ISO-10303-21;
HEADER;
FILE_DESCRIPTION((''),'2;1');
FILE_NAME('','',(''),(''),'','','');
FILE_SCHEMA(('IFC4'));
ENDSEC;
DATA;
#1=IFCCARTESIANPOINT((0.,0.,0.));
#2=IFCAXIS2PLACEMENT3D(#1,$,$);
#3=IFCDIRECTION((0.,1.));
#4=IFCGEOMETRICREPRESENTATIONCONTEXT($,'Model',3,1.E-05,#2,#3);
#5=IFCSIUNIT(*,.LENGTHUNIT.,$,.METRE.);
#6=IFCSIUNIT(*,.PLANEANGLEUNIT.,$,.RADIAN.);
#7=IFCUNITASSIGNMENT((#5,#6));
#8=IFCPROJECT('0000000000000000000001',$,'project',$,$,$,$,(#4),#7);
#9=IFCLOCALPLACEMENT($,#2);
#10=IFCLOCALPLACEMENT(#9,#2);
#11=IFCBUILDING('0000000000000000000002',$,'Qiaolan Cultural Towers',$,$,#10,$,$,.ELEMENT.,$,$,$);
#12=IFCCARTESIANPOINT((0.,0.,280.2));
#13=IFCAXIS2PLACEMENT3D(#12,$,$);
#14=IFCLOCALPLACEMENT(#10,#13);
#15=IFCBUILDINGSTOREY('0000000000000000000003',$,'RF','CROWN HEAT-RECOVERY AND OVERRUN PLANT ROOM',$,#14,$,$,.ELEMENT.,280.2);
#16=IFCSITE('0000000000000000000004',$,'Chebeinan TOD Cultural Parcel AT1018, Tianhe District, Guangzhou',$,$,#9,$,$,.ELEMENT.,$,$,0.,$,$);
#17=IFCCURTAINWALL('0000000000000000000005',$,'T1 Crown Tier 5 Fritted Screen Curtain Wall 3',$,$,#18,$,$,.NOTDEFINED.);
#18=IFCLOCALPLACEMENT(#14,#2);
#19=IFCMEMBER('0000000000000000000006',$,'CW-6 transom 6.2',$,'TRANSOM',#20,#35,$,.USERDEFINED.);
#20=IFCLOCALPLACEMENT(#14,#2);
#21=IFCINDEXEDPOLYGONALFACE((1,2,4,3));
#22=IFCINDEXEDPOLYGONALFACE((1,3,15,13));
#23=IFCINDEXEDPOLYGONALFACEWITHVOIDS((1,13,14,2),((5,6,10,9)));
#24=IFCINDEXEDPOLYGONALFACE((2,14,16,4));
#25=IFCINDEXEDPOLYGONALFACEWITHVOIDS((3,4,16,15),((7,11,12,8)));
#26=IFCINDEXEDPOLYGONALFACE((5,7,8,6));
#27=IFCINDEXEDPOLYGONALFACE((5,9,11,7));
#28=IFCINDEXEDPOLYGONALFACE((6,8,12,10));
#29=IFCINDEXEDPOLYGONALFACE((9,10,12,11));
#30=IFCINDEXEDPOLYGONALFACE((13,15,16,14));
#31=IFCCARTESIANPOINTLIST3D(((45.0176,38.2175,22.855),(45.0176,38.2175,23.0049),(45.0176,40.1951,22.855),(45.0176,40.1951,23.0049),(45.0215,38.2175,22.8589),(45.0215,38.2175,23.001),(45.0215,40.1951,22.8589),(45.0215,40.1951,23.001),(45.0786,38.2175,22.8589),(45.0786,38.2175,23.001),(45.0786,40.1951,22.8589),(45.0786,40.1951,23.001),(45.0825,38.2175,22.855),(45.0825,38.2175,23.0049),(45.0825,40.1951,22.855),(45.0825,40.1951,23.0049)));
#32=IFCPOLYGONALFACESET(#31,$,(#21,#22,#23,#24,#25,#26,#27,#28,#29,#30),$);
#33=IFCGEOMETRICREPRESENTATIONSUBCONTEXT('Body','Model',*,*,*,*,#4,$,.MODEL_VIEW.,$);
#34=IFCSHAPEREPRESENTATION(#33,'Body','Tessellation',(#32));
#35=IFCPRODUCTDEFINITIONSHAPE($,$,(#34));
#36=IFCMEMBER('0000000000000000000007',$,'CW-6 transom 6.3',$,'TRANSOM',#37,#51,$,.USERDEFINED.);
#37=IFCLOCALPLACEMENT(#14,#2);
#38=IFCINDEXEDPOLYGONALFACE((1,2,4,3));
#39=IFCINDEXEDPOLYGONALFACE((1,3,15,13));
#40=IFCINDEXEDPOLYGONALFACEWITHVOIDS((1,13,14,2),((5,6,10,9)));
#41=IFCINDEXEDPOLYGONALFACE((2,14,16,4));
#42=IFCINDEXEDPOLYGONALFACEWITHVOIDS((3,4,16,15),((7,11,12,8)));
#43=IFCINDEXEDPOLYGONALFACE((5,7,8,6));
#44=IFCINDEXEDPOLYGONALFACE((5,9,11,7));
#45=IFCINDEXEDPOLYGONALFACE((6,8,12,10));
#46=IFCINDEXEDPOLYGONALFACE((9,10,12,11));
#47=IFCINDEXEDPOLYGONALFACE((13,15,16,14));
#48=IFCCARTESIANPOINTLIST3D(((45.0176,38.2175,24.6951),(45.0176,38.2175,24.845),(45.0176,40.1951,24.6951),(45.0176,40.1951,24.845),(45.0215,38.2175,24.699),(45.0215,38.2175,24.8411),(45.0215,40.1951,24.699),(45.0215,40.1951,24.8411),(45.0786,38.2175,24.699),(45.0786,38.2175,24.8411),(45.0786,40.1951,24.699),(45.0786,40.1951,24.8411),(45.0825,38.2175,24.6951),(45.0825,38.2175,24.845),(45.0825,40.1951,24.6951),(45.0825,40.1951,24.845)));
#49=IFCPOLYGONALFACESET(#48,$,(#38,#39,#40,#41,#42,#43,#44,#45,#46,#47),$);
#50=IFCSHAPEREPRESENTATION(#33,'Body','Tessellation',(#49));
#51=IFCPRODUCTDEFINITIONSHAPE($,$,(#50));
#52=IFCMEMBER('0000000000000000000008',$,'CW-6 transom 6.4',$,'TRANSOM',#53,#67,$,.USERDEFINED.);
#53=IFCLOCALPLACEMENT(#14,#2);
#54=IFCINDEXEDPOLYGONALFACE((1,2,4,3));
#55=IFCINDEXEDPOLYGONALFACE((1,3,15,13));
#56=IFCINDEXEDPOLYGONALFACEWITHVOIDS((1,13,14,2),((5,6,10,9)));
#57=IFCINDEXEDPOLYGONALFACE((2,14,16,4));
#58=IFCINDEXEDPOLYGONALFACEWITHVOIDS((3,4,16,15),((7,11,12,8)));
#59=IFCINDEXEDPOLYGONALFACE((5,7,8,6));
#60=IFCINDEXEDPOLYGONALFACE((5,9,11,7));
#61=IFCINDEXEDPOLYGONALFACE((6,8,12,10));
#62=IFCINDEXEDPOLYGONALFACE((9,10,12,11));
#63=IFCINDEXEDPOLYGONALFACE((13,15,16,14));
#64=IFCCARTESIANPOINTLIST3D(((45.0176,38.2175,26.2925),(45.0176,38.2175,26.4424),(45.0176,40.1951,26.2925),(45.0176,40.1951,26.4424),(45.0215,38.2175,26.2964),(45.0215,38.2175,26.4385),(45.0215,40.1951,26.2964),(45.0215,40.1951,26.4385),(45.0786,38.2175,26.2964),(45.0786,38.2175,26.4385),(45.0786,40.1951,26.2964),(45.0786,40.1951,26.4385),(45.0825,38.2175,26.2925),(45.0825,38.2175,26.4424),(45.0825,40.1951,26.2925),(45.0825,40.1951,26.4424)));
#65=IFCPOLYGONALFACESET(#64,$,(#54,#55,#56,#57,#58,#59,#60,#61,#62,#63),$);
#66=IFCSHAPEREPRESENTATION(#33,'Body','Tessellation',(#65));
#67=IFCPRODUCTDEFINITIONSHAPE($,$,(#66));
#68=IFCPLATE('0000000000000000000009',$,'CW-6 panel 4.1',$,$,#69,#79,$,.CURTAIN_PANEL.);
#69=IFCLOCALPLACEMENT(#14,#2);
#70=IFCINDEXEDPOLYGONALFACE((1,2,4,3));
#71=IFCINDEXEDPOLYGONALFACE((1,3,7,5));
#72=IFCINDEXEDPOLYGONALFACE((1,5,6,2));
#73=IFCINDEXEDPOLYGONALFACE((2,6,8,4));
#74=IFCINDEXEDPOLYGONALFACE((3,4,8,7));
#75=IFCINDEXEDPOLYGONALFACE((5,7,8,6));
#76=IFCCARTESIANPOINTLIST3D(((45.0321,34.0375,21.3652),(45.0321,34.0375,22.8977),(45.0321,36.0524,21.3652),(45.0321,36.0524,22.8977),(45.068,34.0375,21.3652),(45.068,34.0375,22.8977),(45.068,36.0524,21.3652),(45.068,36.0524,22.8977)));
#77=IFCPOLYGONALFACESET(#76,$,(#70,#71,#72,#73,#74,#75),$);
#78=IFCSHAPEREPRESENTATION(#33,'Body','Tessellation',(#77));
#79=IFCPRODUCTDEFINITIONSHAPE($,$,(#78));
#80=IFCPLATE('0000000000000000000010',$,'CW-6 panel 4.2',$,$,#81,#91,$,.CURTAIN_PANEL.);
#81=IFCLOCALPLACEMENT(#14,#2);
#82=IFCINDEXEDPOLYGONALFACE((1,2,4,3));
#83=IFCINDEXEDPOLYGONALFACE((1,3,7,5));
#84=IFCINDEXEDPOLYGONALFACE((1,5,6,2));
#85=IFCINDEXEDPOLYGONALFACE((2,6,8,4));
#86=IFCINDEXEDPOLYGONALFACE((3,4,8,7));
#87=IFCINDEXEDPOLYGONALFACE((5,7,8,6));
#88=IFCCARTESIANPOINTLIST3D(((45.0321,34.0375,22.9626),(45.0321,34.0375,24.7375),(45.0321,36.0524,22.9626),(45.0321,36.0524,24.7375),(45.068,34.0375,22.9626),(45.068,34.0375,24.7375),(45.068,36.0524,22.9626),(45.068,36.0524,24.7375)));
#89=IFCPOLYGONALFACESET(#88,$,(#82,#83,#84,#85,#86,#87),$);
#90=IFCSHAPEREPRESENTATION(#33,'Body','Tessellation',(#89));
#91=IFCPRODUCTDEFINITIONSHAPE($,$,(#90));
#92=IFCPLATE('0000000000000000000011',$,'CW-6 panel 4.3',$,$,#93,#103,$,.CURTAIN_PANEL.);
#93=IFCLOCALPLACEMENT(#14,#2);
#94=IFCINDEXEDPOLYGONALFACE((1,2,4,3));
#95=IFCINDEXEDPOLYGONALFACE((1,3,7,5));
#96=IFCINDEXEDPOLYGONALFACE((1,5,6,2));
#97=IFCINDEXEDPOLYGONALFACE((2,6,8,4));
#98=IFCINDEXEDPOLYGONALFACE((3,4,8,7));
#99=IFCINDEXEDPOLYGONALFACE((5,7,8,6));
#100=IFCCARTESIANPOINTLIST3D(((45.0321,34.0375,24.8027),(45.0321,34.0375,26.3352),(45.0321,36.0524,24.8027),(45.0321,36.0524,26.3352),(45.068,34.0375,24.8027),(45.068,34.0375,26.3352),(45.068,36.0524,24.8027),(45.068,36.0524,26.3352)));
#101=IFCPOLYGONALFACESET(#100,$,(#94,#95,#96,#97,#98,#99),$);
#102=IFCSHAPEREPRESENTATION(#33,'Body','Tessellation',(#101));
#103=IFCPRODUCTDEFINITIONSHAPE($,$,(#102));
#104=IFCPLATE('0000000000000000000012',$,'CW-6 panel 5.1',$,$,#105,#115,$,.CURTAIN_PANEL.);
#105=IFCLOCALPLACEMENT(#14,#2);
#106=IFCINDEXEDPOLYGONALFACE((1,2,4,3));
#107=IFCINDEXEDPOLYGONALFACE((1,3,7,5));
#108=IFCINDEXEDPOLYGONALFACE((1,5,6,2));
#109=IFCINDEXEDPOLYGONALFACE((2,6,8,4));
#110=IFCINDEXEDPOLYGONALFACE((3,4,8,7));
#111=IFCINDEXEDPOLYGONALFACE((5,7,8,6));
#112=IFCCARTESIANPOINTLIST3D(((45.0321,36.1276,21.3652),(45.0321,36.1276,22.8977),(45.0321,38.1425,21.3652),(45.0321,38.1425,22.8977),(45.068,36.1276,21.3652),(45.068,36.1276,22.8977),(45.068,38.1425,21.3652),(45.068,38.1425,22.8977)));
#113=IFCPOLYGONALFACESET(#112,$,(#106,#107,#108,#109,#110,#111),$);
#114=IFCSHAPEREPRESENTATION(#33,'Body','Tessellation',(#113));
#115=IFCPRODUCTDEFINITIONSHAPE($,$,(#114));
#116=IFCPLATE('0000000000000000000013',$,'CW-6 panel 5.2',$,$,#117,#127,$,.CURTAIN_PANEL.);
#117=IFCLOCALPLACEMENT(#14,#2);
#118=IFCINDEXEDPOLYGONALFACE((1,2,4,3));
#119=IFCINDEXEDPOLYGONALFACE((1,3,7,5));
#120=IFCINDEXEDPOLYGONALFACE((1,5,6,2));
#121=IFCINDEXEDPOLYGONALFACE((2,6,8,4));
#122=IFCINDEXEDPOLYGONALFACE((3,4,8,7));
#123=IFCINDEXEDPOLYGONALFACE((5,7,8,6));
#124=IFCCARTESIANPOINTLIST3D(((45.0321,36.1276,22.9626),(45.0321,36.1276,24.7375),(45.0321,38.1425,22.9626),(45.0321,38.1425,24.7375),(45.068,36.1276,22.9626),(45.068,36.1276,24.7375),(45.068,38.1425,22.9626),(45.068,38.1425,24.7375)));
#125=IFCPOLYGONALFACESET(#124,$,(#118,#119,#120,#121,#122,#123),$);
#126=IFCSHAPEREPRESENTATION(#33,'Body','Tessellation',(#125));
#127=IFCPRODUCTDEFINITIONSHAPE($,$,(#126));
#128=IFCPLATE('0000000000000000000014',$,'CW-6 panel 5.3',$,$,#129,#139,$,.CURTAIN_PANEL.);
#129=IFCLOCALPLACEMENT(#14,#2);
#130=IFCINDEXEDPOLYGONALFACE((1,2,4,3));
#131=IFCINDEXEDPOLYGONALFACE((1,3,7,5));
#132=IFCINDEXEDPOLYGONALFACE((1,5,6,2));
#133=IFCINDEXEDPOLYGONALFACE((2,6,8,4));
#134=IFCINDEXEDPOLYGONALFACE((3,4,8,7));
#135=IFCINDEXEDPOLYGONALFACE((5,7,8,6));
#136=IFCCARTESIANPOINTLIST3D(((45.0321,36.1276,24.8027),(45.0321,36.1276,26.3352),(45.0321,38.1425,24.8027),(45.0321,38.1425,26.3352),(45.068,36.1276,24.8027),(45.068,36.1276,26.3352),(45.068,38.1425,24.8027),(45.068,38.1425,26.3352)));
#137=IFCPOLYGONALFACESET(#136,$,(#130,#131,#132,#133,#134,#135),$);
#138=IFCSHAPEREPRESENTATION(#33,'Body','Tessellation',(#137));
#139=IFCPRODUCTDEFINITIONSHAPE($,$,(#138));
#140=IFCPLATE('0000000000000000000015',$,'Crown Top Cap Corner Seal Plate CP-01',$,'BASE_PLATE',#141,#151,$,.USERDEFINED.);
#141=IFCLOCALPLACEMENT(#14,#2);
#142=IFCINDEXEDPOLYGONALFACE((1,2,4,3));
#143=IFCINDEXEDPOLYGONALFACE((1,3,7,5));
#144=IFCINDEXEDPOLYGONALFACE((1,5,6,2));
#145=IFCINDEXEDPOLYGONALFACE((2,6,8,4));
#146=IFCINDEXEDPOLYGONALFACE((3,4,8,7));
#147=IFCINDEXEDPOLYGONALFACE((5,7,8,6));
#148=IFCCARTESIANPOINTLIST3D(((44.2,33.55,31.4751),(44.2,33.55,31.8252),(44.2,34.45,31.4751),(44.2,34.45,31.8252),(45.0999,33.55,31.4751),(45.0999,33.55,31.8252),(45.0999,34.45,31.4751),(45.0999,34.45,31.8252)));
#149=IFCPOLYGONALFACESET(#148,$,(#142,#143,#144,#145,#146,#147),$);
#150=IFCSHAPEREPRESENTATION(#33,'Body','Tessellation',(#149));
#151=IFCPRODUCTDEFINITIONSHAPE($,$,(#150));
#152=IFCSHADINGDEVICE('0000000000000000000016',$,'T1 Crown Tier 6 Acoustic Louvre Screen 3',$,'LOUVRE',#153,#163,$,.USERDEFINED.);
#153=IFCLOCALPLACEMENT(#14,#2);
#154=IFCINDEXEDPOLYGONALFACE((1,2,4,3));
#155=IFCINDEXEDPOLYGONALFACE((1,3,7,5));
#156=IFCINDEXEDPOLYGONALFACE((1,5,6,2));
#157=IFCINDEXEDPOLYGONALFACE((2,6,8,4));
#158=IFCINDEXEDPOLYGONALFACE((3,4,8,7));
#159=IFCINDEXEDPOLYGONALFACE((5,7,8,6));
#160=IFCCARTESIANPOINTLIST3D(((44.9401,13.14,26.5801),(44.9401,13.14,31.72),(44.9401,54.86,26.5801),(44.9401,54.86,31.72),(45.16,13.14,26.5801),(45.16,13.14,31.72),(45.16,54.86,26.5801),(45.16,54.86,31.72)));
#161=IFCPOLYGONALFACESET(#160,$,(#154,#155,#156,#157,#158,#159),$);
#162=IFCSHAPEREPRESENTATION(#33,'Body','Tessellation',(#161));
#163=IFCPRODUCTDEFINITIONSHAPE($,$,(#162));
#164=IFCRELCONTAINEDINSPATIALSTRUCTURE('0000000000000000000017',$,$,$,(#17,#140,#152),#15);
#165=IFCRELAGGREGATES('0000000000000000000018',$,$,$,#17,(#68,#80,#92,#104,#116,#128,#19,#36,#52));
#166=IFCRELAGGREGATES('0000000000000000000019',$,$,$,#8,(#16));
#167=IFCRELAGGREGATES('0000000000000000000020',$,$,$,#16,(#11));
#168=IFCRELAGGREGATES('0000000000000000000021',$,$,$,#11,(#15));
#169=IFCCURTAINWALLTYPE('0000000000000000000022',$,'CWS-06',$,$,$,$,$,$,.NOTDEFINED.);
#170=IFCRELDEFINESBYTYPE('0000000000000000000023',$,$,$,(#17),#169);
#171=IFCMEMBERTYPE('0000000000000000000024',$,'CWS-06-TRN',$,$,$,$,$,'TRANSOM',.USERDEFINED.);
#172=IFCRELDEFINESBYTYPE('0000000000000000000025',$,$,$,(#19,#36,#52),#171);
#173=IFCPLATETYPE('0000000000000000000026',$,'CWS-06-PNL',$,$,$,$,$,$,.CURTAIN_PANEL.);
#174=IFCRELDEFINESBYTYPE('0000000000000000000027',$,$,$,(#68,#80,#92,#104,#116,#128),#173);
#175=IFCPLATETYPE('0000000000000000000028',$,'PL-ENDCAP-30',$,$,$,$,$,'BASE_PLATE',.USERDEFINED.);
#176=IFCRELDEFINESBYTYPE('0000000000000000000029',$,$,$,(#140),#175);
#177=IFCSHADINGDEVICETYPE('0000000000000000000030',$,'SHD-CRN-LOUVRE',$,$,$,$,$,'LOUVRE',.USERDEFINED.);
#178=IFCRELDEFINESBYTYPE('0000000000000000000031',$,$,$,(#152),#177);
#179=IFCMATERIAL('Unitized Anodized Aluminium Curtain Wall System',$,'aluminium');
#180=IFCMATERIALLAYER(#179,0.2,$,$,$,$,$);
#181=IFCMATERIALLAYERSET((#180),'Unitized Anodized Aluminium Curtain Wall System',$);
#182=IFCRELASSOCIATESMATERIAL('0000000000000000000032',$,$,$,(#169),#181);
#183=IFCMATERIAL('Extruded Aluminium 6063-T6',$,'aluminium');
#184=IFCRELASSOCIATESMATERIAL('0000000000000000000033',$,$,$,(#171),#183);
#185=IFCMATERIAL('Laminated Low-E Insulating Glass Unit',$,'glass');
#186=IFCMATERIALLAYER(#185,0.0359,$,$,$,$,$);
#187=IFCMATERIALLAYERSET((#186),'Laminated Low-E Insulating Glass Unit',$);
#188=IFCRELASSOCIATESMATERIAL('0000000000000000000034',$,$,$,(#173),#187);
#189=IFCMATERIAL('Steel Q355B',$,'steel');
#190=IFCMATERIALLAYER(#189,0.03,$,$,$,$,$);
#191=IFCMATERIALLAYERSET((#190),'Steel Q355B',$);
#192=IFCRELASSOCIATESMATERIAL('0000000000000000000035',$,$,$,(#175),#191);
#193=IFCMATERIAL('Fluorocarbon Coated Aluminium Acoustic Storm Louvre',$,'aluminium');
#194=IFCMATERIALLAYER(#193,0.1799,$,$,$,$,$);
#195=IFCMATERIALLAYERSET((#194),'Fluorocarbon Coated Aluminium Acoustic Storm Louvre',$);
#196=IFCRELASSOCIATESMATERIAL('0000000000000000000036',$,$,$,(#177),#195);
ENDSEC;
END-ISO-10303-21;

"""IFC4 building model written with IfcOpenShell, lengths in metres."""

from ifc_helpers import new_model, si_unit, direction, frame, origin, origin_2d, place, context, subcontext, project, spatial, rectangle, hollow_rectangle, extrude, material, layer, layer_set, material_profile, profile_set, type_object, element, aggregate, save


model = new_model("IFC4")

# Units and contexts
model_context = context("Model", 3, precision=1e-05, world=origin(), true_north=direction((0.0, 1.0)))
body_context = subcontext(model_context, "Body", "Model", "MODEL_VIEW")
ifc_project = project(units=[si_unit("LENGTHUNIT", "METRE"), si_unit("PLANEANGLEUNIT", "RADIAN")], contexts=[model_context])

# Site, building, storey
site_placement = place(None, origin())
site = spatial("IfcSite", under=ifc_project, at=site_placement, Name="Chebeinan TOD Cultural Parcel AT1018, Tianhe District, Guangzhou", CompositionType="ELEMENT", RefElevation=0.0)
building_placement = place(site_placement, origin())
building = spatial("IfcBuilding", under=site, at=building_placement, Name="Qiaolan Cultural Towers", CompositionType="ELEMENT")
storey_placement = place(building_placement, frame((0.0, 0.0, 280.2)))
storey = spatial("IfcBuildingStorey", under=building, at=storey_placement, Name="RF", Description="CROWN HEAT-RECOVERY AND OVERRUN PLANT ROOM", CompositionType="ELEMENT", Elevation=280.2)

# Curtain wall, members, plates
ifc_material_1 = material(Name="Unitized Anodized Aluminium Curtain Wall System", Category="aluminium")
ifc_layer_1 = layer(ifc_material_1, 0.2)
ifc_layer_set_1 = layer_set([ifc_layer_1], Name="Unitized Anodized Aluminium Curtain Wall System")
curtain_wall_type = type_object("IfcCurtainWallType", Name="CWS-06", PredefinedType="NOTDEFINED", material=ifc_layer_set_1)
curtain_wall_placement = place(storey_placement, origin())
curtain_wall = element("IfcCurtainWall", 1, at=curtain_wall_placement, inside=storey, type_object=curtain_wall_type, Name="T1 Crown Tier 5 Fritted Screen Curtain Wall 3", PredefinedType="NOTDEFINED")
ifc_material_2 = material(Name="Extruded Aluminium 6063-T6", Category="aluminium")
ifc_material_profile_1 = material_profile(ifc_material_2, hollow_rectangle(XDim=0.0649, YDim=0.1499, WallThickness=0.0039, at=origin_2d()), Name="CWT-150x65x4")
ifc_profile_set_1 = profile_set([ifc_material_profile_1], Name="Extruded Aluminium 6063-T6")
member_type = type_object("IfcMemberType", Name="CWS-06-TRN", ElementType="TRANSOM", PredefinedType="USERDEFINED", material=ifc_profile_set_1)
member_1_placement = place(storey_placement, frame((45.05, 38.2175, 22.9299), z_axis=(0.0, 1.0, 0.0), x_axis=(-1.0, 0.0, 0.0)))
member_1 = element("IfcMember", 2, at=member_1_placement, type_object=member_type, Name="CW-6 transom 6.2", ObjectType="TRANSOM", PredefinedType="USERDEFINED", context=body_context, shape_type="SweptSolid", body=[
    extrude(hollow_rectangle(XDim=0.0649, YDim=0.1499, WallThickness=0.0039, at=origin_2d()), origin(), (0.0, 0.0, 1.0), 1.9775),
])
member_2_placement = place(storey_placement, frame((45.05, 38.2175, 24.77), z_axis=(0.0, 1.0, 0.0), x_axis=(-1.0, 0.0, 0.0)))
member_2 = element("IfcMember", 3, at=member_2_placement, type_object=member_type, Name="CW-6 transom 6.3", ObjectType="TRANSOM", PredefinedType="USERDEFINED", context=body_context, shape_type="SweptSolid", body=[
    extrude(hollow_rectangle(XDim=0.0649, YDim=0.1499, WallThickness=0.0039, at=origin_2d()), origin(), (0.0, 0.0, 1.0), 1.9775),
])
member_3_placement = place(storey_placement, frame((45.05, 38.2175, 26.3674), z_axis=(0.0, 1.0, 0.0), x_axis=(-1.0, 0.0, 0.0)))
member_3 = element("IfcMember", 4, at=member_3_placement, type_object=member_type, Name="CW-6 transom 6.4", ObjectType="TRANSOM", PredefinedType="USERDEFINED", context=body_context, shape_type="SweptSolid", body=[
    extrude(hollow_rectangle(XDim=0.0649, YDim=0.1499, WallThickness=0.0039, at=origin_2d()), origin(), (0.0, 0.0, 1.0), 1.9775),
])
ifc_material_3 = material(Name="Laminated Low-E Insulating Glass Unit", Category="glass")
ifc_layer_2 = layer(ifc_material_3, 0.0359)
ifc_layer_set_2 = layer_set([ifc_layer_2], Name="Laminated Low-E Insulating Glass Unit")
plate_type_1 = type_object("IfcPlateType", Name="CWS-06-PNL", PredefinedType="CURTAIN_PANEL", material=ifc_layer_set_2)
plate_1_placement = place(storey_placement, frame((45.05, 35.0449, 21.3652), z_axis=(0.0, 0.0, 1.0), x_axis=(0.0, 1.0, 0.0)))
plate_1 = element("IfcPlate", 5, at=plate_1_placement, type_object=plate_type_1, Name="CW-6 panel 4.1", PredefinedType="CURTAIN_PANEL", context=body_context, shape_type="SweptSolid", body=[
    extrude(rectangle(XDim=2.0149, YDim=0.0359, at=origin_2d()), origin(), (0.0, 0.0, 1.0), 1.5325),
])
plate_2_placement = place(storey_placement, frame((45.05, 35.0449, 22.9626), z_axis=(0.0, 0.0, 1.0), x_axis=(0.0, 1.0, 0.0)))
plate_2 = element("IfcPlate", 6, at=plate_2_placement, type_object=plate_type_1, Name="CW-6 panel 4.2", PredefinedType="CURTAIN_PANEL", context=body_context, shape_type="SweptSolid", body=[
    extrude(rectangle(XDim=2.0149, YDim=0.0359, at=origin_2d()), origin(), (0.0, 0.0, 1.0), 1.7749),
])
plate_3_placement = place(storey_placement, frame((45.05, 35.0449, 24.8027), z_axis=(0.0, 0.0, 1.0), x_axis=(0.0, 1.0, 0.0)))
plate_3 = element("IfcPlate", 7, at=plate_3_placement, type_object=plate_type_1, Name="CW-6 panel 4.3", PredefinedType="CURTAIN_PANEL", context=body_context, shape_type="SweptSolid", body=[
    extrude(rectangle(XDim=2.0149, YDim=0.0359, at=origin_2d()), origin(), (0.0, 0.0, 1.0), 1.5325),
])
plate_4_placement = place(storey_placement, frame((45.05, 37.135, 21.3652), z_axis=(0.0, 0.0, 1.0), x_axis=(0.0, 1.0, 0.0)))
plate_4 = element("IfcPlate", 8, at=plate_4_placement, type_object=plate_type_1, Name="CW-6 panel 5.1", PredefinedType="CURTAIN_PANEL", context=body_context, shape_type="SweptSolid", body=[
    extrude(rectangle(XDim=2.0149, YDim=0.0359, at=origin_2d()), origin(), (0.0, 0.0, 1.0), 1.5325),
])
plate_5_placement = place(storey_placement, frame((45.05, 37.135, 22.9626), z_axis=(0.0, 0.0, 1.0), x_axis=(0.0, 1.0, 0.0)))
plate_5 = element("IfcPlate", 9, at=plate_5_placement, type_object=plate_type_1, Name="CW-6 panel 5.2", PredefinedType="CURTAIN_PANEL", context=body_context, shape_type="SweptSolid", body=[
    extrude(rectangle(XDim=2.0149, YDim=0.0359, at=origin_2d()), origin(), (0.0, 0.0, 1.0), 1.7749),
])
plate_6_placement = place(storey_placement, frame((45.05, 37.135, 24.8027), z_axis=(0.0, 0.0, 1.0), x_axis=(0.0, 1.0, 0.0)))
plate_6 = element("IfcPlate", 10, at=plate_6_placement, type_object=plate_type_1, Name="CW-6 panel 5.3", PredefinedType="CURTAIN_PANEL", context=body_context, shape_type="SweptSolid", body=[
    extrude(rectangle(XDim=2.0149, YDim=0.0359, at=origin_2d()), origin(), (0.0, 0.0, 1.0), 1.5325),
])
aggregate(curtain_wall, [plate_1, plate_2, plate_3, plate_4, plate_5, plate_6, member_1, member_2, member_3])

# Plate
ifc_material_4 = material(Name="Steel Q355B", Category="steel")
ifc_layer_3 = layer(ifc_material_4, 0.03)
ifc_layer_set_3 = layer_set([ifc_layer_3], Name="Steel Q355B")
plate_type_2 = type_object("IfcPlateType", Name="PL-ENDCAP-30", ElementType="BASE_PLATE", PredefinedType="USERDEFINED", material=ifc_layer_set_3)
plate_7_placement = place(storey_placement, frame((44.6499, 34.0, 31.4751), z_axis=(0.0, 0.0, 1.0), x_axis=(1.0, 0.0, 0.0)))
element("IfcPlate", 11, at=plate_7_placement, inside=storey, type_object=plate_type_2, Name="Crown Top Cap Corner Seal Plate CP-01", ObjectType="BASE_PLATE", PredefinedType="USERDEFINED", context=body_context, shape_type="SweptSolid", body=[
    extrude(rectangle(XDim=0.8999, YDim=0.8999, at=origin_2d()), origin(), (0.0, 0.0, 1.0), 0.3501),
])

# Shading device
ifc_material_5 = material(Name="Fluorocarbon Coated Aluminium Acoustic Storm Louvre", Category="aluminium")
ifc_layer_4 = layer(ifc_material_5, 0.1799)
ifc_layer_set_4 = layer_set([ifc_layer_4], Name="Fluorocarbon Coated Aluminium Acoustic Storm Louvre")
shading_device_type = type_object("IfcShadingDeviceType", Name="SHD-CRN-LOUVRE", ElementType="LOUVRE", PredefinedType="USERDEFINED", material=ifc_layer_set_4)
shading_device_placement = place(storey_placement, frame((45.05, 34.0, 26.5801), z_axis=(0.0, 0.0, 1.0), x_axis=(0.0, 1.0, 0.0)))
element("IfcShadingDevice", 12, at=shading_device_placement, inside=storey, type_object=shading_device_type, Name="T1 Crown Tier 6 Acoustic Louvre Screen 3", ObjectType="LOUVRE", PredefinedType="USERDEFINED", context=body_context, shape_type="SweptSolid", body=[
    extrude(rectangle(XDim=41.72, YDim=0.22, at=origin_2d()), origin(), (0.0, 0.0, 1.0), 5.1399),
])

save(model, "model.ifc")
